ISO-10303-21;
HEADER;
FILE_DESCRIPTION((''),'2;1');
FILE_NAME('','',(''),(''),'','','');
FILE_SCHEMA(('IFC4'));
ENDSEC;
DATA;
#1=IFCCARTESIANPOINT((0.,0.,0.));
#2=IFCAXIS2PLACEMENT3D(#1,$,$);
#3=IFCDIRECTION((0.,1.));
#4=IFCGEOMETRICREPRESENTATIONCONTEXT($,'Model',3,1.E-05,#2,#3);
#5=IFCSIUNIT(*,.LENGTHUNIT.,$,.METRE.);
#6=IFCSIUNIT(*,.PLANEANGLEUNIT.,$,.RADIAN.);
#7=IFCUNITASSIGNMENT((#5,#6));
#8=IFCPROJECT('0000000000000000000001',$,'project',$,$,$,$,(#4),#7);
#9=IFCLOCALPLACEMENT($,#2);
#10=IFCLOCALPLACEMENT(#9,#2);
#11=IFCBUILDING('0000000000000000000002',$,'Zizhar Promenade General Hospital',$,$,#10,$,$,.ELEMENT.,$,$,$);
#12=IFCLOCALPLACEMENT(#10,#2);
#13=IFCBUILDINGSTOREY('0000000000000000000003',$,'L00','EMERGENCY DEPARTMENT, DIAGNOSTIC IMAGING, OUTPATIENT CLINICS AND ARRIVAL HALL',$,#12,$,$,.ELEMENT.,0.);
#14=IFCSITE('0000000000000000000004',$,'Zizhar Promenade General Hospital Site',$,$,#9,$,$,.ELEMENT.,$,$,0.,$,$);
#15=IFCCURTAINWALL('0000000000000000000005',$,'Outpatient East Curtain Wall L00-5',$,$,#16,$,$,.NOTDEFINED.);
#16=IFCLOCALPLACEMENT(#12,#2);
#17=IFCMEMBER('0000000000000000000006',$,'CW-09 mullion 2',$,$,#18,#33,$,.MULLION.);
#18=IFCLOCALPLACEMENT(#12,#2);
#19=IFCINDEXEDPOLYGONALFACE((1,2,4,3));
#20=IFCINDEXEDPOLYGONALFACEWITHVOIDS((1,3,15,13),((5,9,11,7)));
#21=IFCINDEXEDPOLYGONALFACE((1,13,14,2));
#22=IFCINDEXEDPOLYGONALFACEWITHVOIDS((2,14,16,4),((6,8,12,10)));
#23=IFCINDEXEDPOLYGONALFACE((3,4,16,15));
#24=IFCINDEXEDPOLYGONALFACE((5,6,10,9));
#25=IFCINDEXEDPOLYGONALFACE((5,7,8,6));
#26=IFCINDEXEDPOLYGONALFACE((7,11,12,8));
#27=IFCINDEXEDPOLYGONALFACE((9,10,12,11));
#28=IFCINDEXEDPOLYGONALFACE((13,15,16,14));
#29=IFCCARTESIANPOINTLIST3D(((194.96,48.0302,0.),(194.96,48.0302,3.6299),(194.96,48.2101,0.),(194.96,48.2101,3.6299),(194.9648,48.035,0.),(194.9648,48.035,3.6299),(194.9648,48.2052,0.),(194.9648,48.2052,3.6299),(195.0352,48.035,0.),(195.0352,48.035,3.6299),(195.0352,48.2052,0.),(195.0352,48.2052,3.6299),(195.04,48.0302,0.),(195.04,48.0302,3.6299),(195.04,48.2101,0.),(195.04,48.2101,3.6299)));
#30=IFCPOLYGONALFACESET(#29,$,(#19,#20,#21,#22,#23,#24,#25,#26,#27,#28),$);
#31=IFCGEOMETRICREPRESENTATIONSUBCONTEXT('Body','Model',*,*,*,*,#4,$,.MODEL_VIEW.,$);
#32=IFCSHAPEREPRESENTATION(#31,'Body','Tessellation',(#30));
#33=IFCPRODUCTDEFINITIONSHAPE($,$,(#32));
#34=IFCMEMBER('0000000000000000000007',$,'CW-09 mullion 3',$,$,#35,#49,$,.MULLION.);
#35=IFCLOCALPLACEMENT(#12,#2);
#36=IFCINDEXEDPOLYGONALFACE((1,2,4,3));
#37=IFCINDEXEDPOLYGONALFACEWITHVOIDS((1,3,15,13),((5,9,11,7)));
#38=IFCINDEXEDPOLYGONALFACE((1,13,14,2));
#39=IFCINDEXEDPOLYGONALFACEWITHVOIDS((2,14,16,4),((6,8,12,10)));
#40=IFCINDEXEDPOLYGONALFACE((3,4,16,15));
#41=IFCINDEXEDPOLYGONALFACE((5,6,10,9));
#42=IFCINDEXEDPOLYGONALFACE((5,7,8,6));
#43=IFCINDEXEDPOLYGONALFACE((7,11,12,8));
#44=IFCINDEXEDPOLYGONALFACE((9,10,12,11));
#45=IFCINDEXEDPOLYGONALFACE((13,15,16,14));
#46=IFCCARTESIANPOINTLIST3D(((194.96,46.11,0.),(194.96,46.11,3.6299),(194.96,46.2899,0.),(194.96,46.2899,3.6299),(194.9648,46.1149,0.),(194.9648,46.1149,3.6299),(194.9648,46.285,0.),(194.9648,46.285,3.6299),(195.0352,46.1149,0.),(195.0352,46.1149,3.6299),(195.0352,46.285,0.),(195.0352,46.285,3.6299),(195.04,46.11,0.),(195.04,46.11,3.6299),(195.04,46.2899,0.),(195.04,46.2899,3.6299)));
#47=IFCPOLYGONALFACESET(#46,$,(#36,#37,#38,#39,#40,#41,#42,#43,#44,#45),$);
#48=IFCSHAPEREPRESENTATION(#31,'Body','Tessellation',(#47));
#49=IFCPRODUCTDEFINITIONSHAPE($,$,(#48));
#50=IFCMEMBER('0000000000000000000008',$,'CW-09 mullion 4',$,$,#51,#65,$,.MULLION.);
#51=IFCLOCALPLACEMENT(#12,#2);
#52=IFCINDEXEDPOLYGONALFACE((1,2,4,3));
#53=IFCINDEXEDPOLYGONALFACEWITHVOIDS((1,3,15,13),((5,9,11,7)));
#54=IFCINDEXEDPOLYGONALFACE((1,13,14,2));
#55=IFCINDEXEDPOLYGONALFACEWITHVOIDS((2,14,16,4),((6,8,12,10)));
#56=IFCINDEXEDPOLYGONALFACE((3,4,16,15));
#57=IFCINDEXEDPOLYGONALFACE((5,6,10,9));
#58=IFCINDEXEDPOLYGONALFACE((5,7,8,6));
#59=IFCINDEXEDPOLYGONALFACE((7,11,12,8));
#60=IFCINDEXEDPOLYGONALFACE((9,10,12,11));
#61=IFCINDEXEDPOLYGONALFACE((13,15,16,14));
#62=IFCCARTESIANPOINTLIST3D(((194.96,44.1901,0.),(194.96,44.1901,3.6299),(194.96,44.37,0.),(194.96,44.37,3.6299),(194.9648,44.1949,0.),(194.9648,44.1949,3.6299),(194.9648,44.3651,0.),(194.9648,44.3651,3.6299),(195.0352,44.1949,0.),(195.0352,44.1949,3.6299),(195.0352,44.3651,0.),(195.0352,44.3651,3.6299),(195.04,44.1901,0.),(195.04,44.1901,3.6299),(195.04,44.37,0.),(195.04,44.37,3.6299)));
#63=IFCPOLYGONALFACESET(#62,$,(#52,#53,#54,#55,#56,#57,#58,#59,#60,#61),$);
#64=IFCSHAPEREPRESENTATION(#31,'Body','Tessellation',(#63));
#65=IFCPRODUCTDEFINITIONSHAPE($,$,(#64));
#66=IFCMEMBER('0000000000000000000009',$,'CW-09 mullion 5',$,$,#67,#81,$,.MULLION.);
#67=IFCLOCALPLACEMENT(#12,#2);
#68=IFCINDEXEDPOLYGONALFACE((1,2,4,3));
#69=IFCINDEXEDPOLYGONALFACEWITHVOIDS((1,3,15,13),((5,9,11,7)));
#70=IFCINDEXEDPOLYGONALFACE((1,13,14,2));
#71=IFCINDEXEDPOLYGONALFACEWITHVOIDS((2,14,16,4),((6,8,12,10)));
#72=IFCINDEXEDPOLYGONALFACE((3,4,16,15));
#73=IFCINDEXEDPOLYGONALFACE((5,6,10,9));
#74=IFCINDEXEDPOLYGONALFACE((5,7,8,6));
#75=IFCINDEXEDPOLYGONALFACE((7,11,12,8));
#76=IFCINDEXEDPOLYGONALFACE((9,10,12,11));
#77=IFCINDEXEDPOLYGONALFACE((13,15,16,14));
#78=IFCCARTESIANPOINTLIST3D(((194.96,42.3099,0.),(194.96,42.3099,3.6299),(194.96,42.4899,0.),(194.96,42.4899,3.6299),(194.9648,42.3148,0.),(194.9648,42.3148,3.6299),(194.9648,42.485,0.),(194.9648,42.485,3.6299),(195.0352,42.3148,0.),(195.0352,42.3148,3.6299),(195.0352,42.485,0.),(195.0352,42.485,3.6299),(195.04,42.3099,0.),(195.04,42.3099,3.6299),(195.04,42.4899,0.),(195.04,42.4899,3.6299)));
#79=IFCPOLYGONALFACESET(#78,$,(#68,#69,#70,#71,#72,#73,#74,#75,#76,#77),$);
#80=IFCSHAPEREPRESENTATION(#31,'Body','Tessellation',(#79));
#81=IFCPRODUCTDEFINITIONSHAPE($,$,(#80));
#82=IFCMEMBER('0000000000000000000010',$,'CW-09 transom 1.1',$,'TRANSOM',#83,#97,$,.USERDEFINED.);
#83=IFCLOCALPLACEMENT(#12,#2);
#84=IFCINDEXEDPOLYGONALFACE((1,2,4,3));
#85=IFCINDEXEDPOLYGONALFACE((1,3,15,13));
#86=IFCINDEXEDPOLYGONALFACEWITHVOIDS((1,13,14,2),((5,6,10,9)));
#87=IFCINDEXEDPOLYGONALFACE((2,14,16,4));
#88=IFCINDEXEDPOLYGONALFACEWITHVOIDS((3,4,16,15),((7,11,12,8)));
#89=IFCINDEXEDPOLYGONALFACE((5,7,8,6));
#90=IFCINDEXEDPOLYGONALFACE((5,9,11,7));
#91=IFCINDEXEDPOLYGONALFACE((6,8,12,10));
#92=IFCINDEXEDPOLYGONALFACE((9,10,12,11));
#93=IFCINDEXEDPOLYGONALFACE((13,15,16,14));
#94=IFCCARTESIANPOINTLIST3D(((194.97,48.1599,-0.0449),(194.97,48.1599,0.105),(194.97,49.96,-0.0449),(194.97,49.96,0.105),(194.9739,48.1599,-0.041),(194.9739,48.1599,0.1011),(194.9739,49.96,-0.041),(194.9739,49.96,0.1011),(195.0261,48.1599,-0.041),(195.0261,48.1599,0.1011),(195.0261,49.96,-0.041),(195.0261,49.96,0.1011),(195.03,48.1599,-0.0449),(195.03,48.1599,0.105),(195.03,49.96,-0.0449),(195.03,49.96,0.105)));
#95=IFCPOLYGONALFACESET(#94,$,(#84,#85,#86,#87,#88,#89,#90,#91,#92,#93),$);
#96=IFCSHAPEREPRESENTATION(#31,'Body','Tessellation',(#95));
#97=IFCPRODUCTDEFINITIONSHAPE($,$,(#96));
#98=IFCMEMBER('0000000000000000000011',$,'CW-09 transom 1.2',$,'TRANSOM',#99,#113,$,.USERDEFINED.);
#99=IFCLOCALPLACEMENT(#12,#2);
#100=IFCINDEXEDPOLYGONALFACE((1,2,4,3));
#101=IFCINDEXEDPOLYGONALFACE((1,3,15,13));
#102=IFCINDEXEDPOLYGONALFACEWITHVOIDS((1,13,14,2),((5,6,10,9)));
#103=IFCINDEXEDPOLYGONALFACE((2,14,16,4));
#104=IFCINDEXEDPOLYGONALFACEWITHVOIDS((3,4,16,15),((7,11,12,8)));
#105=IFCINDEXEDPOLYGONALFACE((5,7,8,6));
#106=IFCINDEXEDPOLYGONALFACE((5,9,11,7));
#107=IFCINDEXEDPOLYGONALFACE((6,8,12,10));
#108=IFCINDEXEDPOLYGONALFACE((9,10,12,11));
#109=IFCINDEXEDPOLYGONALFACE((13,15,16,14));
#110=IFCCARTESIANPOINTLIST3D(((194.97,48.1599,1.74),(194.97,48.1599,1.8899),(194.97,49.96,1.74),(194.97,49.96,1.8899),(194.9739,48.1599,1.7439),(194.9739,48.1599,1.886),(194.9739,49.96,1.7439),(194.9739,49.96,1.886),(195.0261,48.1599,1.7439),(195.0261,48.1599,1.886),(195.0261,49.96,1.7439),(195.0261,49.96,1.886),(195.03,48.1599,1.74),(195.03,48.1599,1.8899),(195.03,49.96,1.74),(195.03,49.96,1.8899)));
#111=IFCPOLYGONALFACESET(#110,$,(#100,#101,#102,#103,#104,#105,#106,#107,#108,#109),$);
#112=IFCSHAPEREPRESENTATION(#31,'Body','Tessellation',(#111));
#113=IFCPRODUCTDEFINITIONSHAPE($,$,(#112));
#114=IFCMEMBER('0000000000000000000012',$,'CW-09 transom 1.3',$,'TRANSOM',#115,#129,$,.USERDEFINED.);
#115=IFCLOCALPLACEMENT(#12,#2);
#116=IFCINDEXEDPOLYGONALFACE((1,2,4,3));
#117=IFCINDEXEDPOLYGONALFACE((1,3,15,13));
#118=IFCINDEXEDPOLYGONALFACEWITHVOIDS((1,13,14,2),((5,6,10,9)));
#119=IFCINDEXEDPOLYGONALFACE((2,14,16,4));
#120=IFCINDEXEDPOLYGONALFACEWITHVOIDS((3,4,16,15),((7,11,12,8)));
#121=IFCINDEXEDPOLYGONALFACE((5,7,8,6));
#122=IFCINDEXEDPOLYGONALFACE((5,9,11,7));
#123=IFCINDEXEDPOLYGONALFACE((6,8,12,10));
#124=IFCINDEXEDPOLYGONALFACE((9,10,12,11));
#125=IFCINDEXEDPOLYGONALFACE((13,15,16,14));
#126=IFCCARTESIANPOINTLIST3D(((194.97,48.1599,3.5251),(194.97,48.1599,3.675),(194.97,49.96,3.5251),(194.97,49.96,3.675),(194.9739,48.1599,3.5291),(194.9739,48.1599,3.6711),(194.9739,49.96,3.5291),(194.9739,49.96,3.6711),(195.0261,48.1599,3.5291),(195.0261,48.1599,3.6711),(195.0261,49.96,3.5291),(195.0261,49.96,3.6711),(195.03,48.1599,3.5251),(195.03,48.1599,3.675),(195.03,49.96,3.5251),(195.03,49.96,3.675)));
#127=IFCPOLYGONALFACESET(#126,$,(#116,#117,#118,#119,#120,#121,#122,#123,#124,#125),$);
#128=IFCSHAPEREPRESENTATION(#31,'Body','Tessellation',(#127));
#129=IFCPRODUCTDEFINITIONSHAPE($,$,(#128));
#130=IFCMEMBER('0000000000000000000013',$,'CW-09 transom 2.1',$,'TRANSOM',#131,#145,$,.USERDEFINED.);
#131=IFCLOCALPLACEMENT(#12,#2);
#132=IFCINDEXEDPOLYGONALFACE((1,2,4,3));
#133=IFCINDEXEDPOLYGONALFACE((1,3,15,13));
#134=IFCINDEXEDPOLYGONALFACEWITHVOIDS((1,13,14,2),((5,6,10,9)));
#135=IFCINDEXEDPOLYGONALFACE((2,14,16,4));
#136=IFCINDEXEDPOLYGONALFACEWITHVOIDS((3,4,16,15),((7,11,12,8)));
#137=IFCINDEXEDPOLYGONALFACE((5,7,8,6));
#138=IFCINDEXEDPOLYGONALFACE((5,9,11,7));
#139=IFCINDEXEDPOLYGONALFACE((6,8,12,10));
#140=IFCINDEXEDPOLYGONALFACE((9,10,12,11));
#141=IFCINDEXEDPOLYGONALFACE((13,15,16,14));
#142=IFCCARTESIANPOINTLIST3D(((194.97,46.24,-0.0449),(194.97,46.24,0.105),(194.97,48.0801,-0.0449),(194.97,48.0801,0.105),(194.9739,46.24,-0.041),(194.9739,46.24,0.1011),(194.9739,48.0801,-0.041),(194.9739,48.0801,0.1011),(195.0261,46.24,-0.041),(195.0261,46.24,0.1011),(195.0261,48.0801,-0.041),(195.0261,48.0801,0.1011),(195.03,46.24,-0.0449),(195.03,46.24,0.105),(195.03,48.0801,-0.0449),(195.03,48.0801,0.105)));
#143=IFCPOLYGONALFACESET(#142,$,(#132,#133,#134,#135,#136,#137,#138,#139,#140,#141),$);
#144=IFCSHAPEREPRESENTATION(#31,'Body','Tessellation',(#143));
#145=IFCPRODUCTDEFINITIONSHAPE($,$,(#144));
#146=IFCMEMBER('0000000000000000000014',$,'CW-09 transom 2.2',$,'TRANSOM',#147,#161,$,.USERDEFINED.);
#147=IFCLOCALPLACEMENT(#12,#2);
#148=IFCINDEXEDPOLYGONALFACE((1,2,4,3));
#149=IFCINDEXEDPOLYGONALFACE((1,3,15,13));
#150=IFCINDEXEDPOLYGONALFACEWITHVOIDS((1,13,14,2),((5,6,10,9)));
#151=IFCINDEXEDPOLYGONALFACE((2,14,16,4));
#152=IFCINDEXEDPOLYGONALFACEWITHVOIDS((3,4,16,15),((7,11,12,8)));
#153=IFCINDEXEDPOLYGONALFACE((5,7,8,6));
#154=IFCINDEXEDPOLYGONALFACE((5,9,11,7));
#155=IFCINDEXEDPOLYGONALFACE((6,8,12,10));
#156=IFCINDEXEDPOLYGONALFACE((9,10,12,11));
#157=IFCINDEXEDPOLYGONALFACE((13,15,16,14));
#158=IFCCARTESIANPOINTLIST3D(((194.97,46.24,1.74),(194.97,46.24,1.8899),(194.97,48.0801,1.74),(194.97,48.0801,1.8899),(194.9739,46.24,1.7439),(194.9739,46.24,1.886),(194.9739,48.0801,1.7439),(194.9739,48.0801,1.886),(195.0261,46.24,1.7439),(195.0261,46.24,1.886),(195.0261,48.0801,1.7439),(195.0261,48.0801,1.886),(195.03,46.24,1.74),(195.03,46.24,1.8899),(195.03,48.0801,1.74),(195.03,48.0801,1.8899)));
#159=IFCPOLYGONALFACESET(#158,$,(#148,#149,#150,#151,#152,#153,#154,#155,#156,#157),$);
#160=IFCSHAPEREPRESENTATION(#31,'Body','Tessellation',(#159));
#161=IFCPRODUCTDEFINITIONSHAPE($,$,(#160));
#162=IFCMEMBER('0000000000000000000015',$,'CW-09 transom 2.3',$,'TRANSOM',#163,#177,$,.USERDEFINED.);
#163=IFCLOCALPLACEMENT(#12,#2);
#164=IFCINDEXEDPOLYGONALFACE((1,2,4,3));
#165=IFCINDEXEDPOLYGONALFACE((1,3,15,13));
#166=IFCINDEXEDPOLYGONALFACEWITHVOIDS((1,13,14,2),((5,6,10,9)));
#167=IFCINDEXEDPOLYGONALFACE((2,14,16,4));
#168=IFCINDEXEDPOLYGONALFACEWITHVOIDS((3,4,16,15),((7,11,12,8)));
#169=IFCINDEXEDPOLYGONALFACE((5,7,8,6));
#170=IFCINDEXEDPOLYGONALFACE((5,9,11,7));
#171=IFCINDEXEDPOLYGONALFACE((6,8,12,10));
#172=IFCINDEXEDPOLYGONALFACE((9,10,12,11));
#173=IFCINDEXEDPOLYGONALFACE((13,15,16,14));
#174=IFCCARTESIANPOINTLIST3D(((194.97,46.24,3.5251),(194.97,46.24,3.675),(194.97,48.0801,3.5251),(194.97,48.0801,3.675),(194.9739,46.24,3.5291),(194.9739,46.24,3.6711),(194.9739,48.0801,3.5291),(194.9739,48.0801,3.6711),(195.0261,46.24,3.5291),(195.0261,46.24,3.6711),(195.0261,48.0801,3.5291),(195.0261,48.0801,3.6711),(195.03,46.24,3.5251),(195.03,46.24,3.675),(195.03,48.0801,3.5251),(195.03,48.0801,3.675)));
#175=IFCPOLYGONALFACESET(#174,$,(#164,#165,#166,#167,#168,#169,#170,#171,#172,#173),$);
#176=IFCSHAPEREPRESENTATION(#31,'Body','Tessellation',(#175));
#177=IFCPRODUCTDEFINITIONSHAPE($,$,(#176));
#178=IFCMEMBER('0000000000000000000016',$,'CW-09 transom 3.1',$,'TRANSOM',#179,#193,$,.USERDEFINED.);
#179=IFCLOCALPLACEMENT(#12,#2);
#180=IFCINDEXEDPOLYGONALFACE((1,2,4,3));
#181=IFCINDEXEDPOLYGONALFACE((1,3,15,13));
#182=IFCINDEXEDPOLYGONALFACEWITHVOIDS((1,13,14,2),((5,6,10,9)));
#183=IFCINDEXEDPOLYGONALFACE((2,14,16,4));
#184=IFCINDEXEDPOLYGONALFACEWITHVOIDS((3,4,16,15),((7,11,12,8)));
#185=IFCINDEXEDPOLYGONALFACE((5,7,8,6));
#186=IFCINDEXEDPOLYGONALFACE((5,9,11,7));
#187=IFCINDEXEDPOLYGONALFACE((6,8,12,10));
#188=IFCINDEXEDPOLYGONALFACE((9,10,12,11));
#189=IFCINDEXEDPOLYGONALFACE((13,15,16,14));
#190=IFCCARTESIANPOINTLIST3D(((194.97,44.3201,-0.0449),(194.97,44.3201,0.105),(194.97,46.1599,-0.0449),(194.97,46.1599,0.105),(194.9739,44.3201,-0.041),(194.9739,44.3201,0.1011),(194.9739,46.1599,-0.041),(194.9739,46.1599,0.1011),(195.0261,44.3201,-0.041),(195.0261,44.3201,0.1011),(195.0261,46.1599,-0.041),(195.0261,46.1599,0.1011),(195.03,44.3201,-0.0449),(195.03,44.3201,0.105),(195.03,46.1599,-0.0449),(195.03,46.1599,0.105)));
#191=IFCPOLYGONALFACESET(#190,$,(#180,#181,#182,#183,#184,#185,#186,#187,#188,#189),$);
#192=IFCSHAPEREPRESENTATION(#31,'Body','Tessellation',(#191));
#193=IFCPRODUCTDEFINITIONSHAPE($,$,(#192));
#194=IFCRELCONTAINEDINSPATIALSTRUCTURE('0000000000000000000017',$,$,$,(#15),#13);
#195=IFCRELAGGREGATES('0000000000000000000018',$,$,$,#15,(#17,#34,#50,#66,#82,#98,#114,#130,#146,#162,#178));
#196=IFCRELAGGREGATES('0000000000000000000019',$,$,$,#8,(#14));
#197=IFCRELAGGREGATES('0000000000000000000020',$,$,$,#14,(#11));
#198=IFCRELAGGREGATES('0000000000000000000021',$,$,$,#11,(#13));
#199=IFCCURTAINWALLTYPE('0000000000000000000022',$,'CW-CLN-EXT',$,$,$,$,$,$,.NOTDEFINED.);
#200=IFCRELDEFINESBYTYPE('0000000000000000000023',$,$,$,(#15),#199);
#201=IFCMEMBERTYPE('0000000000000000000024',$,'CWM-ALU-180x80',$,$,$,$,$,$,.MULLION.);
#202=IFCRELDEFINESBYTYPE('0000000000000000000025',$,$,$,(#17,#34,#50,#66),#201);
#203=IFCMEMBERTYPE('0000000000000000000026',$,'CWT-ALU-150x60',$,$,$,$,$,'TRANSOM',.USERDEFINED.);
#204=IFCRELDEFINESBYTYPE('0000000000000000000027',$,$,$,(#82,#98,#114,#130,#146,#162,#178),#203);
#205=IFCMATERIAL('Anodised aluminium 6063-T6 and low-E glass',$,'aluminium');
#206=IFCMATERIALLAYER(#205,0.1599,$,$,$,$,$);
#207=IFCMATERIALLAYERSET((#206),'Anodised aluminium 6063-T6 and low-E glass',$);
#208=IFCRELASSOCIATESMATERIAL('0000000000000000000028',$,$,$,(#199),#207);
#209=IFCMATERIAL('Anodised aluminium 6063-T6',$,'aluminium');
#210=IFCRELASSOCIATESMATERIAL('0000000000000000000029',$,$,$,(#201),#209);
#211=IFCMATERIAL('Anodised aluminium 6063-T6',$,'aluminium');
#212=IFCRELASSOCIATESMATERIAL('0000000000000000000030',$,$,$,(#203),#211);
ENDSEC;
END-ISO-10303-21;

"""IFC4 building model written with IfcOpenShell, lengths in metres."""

from ifc_helpers import new_model, si_unit, direction, frame, origin, origin_2d, place, context, subcontext, project, spatial, hollow_rectangle, extrude, material, layer, layer_set, material_profile, profile_set, type_object, element, aggregate, save


model = new_model("IFC4")

# Units and contexts
model_context = context("Model", 3, precision=1e-05, world=origin(), true_north=direction((0.0, 1.0)))
body_context = subcontext(model_context, "Body", "Model", "MODEL_VIEW")
ifc_project = project(units=[si_unit("LENGTHUNIT", "METRE"), si_unit("PLANEANGLEUNIT", "RADIAN")], contexts=[model_context])

# Site, building, storey
site_placement = place(None, origin())
site = spatial("IfcSite", under=ifc_project, at=site_placement, Name="Zizhar Promenade General Hospital Site", CompositionType="ELEMENT", RefElevation=0.0)
building_placement = place(site_placement, origin())
building = spatial("IfcBuilding", under=site, at=building_placement, Name="Zizhar Promenade General Hospital", CompositionType="ELEMENT")
storey_placement = place(building_placement, origin())
storey = spatial("IfcBuildingStorey", under=building, at=storey_placement, Name="L00", Description="EMERGENCY DEPARTMENT, DIAGNOSTIC IMAGING, OUTPATIENT CLINICS AND ARRIVAL HALL", CompositionType="ELEMENT", Elevation=0.0)

# Curtain wall, members
ifc_material_1 = material(Name="Anodised aluminium 6063-T6 and low-E glass", Category="aluminium")
ifc_layer_1 = layer(ifc_material_1, 0.1599)
ifc_layer_set_1 = layer_set([ifc_layer_1], Name="Anodised aluminium 6063-T6 and low-E glass")
curtain_wall_type = type_object("IfcCurtainWallType", Name="CW-CLN-EXT", PredefinedType="NOTDEFINED", material=ifc_layer_set_1)
curtain_wall_placement = place(storey_placement, origin())
curtain_wall = element("IfcCurtainWall", 1, at=curtain_wall_placement, inside=storey, type_object=curtain_wall_type, Name="Outpatient East Curtain Wall L00-5", PredefinedType="NOTDEFINED")
ifc_material_2 = material(Name="Anodised aluminium 6063-T6", Category="aluminium")
ifc_material_profile_1 = material_profile(ifc_material_2, hollow_rectangle(XDim=0.0801, YDim=0.1799, WallThickness=0.0049, at=origin_2d()))
ifc_profile_set_1 = profile_set([ifc_material_profile_1], Name="Anodised aluminium 6063-T6")
member_type_1 = type_object("IfcMemberType", Name="CWM-ALU-180x80", PredefinedType="MULLION", material=ifc_profile_set_1)
member_1_placement = place(storey_placement, frame((195.0, 48.1201, 0.0), z_axis=(0.0, 0.0, 1.0), x_axis=(1.0, 0.0, 0.0)))
member_1 = element("IfcMember", 2, at=member_1_placement, type_object=member_type_1, Name="CW-09 mullion 2", PredefinedType="MULLION", context=body_context, shape_type="SweptSolid", body=[
    extrude(hollow_rectangle(XDim=0.0801, YDim=0.1799, WallThickness=0.0049, at=origin_2d()), origin(), (0.0, 0.0, 1.0), 3.6299),
])
member_2_placement = place(storey_placement, frame((195.0, 46.2, 0.0), z_axis=(0.0, 0.0, 1.0), x_axis=(1.0, 0.0, 0.0)))
member_2 = element("IfcMember", 3, at=member_2_placement, type_object=member_type_1, Name="CW-09 mullion 3", PredefinedType="MULLION", context=body_context, shape_type="SweptSolid", body=[
    extrude(hollow_rectangle(XDim=0.0801, YDim=0.1799, WallThickness=0.0049, at=origin_2d()), origin(), (0.0, 0.0, 1.0), 3.6299),
])
member_3_placement = place(storey_placement, frame((195.0, 44.28, 0.0), z_axis=(0.0, 0.0, 1.0), x_axis=(1.0, 0.0, 0.0)))
member_3 = element("IfcMember", 4, at=member_3_placement, type_object=member_type_1, Name="CW-09 mullion 4", PredefinedType="MULLION", context=body_context, shape_type="SweptSolid", body=[
    extrude(hollow_rectangle(XDim=0.0801, YDim=0.1799, WallThickness=0.0049, at=origin_2d()), origin(), (0.0, 0.0, 1.0), 3.6299),
])
member_4_placement = place(storey_placement, frame((195.0, 42.3999, 0.0), z_axis=(0.0, 0.0, 1.0), x_axis=(1.0, 0.0, 0.0)))
member_4 = element("IfcMember", 5, at=member_4_placement, type_object=member_type_1, Name="CW-09 mullion 5", PredefinedType="MULLION", context=body_context, shape_type="SweptSolid", body=[
    extrude(hollow_rectangle(XDim=0.0801, YDim=0.1799, WallThickness=0.0049, at=origin_2d()), origin(), (0.0, 0.0, 1.0), 3.6299),
])
ifc_material_3 = material(Name="Anodised aluminium 6063-T6", Category="aluminium")
ifc_material_profile_2 = material_profile(ifc_material_3, hollow_rectangle(XDim=0.0601, YDim=0.1499, WallThickness=0.0039, at=origin_2d()))
ifc_profile_set_2 = profile_set([ifc_material_profile_2], Name="Anodised aluminium 6063-T6")
member_type_2 = type_object("IfcMemberType", Name="CWT-ALU-150x60", ElementType="TRANSOM", PredefinedType="USERDEFINED", material=ifc_profile_set_2)
member_5_placement = place(storey_placement, frame((195.0, 49.96, 0.03), z_axis=(0.0, -1.0, 0.0), x_axis=(1.0, 0.0, 0.0)))
member_5 = element("IfcMember", 6, at=member_5_placement, type_object=member_type_2, Name="CW-09 transom 1.1", ObjectType="TRANSOM", PredefinedType="USERDEFINED", context=body_context, shape_type="SweptSolid", body=[
    extrude(hollow_rectangle(XDim=0.0601, YDim=0.1499, WallThickness=0.0039, at=origin_2d()), origin(), (0.0, 0.0, 1.0), 1.8),
])
member_6_placement = place(storey_placement, frame((195.0, 49.96, 1.8149), z_axis=(0.0, -1.0, 0.0), x_axis=(1.0, 0.0, 0.0)))
member_6 = element("IfcMember", 7, at=member_6_placement, type_object=member_type_2, Name="CW-09 transom 1.2", ObjectType="TRANSOM", PredefinedType="USERDEFINED", context=body_context, shape_type="SweptSolid", body=[
    extrude(hollow_rectangle(XDim=0.0601, YDim=0.1499, WallThickness=0.0039, at=origin_2d()), origin(), (0.0, 0.0, 1.0), 1.8),
])
member_7_placement = place(storey_placement, frame((195.0, 49.96, 3.6001), z_axis=(0.0, -1.0, 0.0), x_axis=(1.0, 0.0, 0.0)))
member_7 = element("IfcMember", 8, at=member_7_placement, type_object=member_type_2, Name="CW-09 transom 1.3", ObjectType="TRANSOM", PredefinedType="USERDEFINED", context=body_context, shape_type="SweptSolid", body=[
    extrude(hollow_rectangle(XDim=0.0601, YDim=0.1499, WallThickness=0.0039, at=origin_2d()), origin(), (0.0, 0.0, 1.0), 1.8),
])
member_8_placement = place(storey_placement, frame((195.0, 48.0801, 0.03), z_axis=(0.0, -1.0, 0.0), x_axis=(1.0, 0.0, 0.0)))
member_8 = element("IfcMember", 9, at=member_8_placement, type_object=member_type_2, Name="CW-09 transom 2.1", ObjectType="TRANSOM", PredefinedType="USERDEFINED", context=body_context, shape_type="SweptSolid", body=[
    extrude(hollow_rectangle(XDim=0.0601, YDim=0.1499, WallThickness=0.0039, at=origin_2d()), origin(), (0.0, 0.0, 1.0), 1.8401),
])
member_9_placement = place(storey_placement, frame((195.0, 48.0801, 1.8149), z_axis=(0.0, -1.0, 0.0), x_axis=(1.0, 0.0, 0.0)))
member_9 = element("IfcMember", 10, at=member_9_placement, type_object=member_type_2, Name="CW-09 transom 2.2", ObjectType="TRANSOM", PredefinedType="USERDEFINED", context=body_context, shape_type="SweptSolid", body=[
    extrude(hollow_rectangle(XDim=0.0601, YDim=0.1499, WallThickness=0.0039, at=origin_2d()), origin(), (0.0, 0.0, 1.0), 1.8401),
])
member_10_placement = place(storey_placement, frame((195.0, 48.0801, 3.6001), z_axis=(0.0, -1.0, 0.0), x_axis=(1.0, 0.0, 0.0)))
member_10 = element("IfcMember", 11, at=member_10_placement, type_object=member_type_2, Name="CW-09 transom 2.3", ObjectType="TRANSOM", PredefinedType="USERDEFINED", context=body_context, shape_type="SweptSolid", body=[
    extrude(hollow_rectangle(XDim=0.0601, YDim=0.1499, WallThickness=0.0039, at=origin_2d()), origin(), (0.0, 0.0, 1.0), 1.8401),
])
member_11_placement = place(storey_placement, frame((195.0, 46.1599, 0.03), z_axis=(0.0, -1.0, 0.0), x_axis=(1.0, 0.0, 0.0)))
member_11 = element("IfcMember", 12, at=member_11_placement, type_object=member_type_2, Name="CW-09 transom 3.1", ObjectType="TRANSOM", PredefinedType="USERDEFINED", context=body_context, shape_type="SweptSolid", body=[
    extrude(hollow_rectangle(XDim=0.0601, YDim=0.1499, WallThickness=0.0039, at=origin_2d()), origin(), (0.0, 0.0, 1.0), 1.8398),
])
aggregate(curtain_wall, [member_1, member_2, member_3, member_4, member_5, member_6, member_7, member_8, member_9, member_10, member_11])

save(model, "model.ifc")
